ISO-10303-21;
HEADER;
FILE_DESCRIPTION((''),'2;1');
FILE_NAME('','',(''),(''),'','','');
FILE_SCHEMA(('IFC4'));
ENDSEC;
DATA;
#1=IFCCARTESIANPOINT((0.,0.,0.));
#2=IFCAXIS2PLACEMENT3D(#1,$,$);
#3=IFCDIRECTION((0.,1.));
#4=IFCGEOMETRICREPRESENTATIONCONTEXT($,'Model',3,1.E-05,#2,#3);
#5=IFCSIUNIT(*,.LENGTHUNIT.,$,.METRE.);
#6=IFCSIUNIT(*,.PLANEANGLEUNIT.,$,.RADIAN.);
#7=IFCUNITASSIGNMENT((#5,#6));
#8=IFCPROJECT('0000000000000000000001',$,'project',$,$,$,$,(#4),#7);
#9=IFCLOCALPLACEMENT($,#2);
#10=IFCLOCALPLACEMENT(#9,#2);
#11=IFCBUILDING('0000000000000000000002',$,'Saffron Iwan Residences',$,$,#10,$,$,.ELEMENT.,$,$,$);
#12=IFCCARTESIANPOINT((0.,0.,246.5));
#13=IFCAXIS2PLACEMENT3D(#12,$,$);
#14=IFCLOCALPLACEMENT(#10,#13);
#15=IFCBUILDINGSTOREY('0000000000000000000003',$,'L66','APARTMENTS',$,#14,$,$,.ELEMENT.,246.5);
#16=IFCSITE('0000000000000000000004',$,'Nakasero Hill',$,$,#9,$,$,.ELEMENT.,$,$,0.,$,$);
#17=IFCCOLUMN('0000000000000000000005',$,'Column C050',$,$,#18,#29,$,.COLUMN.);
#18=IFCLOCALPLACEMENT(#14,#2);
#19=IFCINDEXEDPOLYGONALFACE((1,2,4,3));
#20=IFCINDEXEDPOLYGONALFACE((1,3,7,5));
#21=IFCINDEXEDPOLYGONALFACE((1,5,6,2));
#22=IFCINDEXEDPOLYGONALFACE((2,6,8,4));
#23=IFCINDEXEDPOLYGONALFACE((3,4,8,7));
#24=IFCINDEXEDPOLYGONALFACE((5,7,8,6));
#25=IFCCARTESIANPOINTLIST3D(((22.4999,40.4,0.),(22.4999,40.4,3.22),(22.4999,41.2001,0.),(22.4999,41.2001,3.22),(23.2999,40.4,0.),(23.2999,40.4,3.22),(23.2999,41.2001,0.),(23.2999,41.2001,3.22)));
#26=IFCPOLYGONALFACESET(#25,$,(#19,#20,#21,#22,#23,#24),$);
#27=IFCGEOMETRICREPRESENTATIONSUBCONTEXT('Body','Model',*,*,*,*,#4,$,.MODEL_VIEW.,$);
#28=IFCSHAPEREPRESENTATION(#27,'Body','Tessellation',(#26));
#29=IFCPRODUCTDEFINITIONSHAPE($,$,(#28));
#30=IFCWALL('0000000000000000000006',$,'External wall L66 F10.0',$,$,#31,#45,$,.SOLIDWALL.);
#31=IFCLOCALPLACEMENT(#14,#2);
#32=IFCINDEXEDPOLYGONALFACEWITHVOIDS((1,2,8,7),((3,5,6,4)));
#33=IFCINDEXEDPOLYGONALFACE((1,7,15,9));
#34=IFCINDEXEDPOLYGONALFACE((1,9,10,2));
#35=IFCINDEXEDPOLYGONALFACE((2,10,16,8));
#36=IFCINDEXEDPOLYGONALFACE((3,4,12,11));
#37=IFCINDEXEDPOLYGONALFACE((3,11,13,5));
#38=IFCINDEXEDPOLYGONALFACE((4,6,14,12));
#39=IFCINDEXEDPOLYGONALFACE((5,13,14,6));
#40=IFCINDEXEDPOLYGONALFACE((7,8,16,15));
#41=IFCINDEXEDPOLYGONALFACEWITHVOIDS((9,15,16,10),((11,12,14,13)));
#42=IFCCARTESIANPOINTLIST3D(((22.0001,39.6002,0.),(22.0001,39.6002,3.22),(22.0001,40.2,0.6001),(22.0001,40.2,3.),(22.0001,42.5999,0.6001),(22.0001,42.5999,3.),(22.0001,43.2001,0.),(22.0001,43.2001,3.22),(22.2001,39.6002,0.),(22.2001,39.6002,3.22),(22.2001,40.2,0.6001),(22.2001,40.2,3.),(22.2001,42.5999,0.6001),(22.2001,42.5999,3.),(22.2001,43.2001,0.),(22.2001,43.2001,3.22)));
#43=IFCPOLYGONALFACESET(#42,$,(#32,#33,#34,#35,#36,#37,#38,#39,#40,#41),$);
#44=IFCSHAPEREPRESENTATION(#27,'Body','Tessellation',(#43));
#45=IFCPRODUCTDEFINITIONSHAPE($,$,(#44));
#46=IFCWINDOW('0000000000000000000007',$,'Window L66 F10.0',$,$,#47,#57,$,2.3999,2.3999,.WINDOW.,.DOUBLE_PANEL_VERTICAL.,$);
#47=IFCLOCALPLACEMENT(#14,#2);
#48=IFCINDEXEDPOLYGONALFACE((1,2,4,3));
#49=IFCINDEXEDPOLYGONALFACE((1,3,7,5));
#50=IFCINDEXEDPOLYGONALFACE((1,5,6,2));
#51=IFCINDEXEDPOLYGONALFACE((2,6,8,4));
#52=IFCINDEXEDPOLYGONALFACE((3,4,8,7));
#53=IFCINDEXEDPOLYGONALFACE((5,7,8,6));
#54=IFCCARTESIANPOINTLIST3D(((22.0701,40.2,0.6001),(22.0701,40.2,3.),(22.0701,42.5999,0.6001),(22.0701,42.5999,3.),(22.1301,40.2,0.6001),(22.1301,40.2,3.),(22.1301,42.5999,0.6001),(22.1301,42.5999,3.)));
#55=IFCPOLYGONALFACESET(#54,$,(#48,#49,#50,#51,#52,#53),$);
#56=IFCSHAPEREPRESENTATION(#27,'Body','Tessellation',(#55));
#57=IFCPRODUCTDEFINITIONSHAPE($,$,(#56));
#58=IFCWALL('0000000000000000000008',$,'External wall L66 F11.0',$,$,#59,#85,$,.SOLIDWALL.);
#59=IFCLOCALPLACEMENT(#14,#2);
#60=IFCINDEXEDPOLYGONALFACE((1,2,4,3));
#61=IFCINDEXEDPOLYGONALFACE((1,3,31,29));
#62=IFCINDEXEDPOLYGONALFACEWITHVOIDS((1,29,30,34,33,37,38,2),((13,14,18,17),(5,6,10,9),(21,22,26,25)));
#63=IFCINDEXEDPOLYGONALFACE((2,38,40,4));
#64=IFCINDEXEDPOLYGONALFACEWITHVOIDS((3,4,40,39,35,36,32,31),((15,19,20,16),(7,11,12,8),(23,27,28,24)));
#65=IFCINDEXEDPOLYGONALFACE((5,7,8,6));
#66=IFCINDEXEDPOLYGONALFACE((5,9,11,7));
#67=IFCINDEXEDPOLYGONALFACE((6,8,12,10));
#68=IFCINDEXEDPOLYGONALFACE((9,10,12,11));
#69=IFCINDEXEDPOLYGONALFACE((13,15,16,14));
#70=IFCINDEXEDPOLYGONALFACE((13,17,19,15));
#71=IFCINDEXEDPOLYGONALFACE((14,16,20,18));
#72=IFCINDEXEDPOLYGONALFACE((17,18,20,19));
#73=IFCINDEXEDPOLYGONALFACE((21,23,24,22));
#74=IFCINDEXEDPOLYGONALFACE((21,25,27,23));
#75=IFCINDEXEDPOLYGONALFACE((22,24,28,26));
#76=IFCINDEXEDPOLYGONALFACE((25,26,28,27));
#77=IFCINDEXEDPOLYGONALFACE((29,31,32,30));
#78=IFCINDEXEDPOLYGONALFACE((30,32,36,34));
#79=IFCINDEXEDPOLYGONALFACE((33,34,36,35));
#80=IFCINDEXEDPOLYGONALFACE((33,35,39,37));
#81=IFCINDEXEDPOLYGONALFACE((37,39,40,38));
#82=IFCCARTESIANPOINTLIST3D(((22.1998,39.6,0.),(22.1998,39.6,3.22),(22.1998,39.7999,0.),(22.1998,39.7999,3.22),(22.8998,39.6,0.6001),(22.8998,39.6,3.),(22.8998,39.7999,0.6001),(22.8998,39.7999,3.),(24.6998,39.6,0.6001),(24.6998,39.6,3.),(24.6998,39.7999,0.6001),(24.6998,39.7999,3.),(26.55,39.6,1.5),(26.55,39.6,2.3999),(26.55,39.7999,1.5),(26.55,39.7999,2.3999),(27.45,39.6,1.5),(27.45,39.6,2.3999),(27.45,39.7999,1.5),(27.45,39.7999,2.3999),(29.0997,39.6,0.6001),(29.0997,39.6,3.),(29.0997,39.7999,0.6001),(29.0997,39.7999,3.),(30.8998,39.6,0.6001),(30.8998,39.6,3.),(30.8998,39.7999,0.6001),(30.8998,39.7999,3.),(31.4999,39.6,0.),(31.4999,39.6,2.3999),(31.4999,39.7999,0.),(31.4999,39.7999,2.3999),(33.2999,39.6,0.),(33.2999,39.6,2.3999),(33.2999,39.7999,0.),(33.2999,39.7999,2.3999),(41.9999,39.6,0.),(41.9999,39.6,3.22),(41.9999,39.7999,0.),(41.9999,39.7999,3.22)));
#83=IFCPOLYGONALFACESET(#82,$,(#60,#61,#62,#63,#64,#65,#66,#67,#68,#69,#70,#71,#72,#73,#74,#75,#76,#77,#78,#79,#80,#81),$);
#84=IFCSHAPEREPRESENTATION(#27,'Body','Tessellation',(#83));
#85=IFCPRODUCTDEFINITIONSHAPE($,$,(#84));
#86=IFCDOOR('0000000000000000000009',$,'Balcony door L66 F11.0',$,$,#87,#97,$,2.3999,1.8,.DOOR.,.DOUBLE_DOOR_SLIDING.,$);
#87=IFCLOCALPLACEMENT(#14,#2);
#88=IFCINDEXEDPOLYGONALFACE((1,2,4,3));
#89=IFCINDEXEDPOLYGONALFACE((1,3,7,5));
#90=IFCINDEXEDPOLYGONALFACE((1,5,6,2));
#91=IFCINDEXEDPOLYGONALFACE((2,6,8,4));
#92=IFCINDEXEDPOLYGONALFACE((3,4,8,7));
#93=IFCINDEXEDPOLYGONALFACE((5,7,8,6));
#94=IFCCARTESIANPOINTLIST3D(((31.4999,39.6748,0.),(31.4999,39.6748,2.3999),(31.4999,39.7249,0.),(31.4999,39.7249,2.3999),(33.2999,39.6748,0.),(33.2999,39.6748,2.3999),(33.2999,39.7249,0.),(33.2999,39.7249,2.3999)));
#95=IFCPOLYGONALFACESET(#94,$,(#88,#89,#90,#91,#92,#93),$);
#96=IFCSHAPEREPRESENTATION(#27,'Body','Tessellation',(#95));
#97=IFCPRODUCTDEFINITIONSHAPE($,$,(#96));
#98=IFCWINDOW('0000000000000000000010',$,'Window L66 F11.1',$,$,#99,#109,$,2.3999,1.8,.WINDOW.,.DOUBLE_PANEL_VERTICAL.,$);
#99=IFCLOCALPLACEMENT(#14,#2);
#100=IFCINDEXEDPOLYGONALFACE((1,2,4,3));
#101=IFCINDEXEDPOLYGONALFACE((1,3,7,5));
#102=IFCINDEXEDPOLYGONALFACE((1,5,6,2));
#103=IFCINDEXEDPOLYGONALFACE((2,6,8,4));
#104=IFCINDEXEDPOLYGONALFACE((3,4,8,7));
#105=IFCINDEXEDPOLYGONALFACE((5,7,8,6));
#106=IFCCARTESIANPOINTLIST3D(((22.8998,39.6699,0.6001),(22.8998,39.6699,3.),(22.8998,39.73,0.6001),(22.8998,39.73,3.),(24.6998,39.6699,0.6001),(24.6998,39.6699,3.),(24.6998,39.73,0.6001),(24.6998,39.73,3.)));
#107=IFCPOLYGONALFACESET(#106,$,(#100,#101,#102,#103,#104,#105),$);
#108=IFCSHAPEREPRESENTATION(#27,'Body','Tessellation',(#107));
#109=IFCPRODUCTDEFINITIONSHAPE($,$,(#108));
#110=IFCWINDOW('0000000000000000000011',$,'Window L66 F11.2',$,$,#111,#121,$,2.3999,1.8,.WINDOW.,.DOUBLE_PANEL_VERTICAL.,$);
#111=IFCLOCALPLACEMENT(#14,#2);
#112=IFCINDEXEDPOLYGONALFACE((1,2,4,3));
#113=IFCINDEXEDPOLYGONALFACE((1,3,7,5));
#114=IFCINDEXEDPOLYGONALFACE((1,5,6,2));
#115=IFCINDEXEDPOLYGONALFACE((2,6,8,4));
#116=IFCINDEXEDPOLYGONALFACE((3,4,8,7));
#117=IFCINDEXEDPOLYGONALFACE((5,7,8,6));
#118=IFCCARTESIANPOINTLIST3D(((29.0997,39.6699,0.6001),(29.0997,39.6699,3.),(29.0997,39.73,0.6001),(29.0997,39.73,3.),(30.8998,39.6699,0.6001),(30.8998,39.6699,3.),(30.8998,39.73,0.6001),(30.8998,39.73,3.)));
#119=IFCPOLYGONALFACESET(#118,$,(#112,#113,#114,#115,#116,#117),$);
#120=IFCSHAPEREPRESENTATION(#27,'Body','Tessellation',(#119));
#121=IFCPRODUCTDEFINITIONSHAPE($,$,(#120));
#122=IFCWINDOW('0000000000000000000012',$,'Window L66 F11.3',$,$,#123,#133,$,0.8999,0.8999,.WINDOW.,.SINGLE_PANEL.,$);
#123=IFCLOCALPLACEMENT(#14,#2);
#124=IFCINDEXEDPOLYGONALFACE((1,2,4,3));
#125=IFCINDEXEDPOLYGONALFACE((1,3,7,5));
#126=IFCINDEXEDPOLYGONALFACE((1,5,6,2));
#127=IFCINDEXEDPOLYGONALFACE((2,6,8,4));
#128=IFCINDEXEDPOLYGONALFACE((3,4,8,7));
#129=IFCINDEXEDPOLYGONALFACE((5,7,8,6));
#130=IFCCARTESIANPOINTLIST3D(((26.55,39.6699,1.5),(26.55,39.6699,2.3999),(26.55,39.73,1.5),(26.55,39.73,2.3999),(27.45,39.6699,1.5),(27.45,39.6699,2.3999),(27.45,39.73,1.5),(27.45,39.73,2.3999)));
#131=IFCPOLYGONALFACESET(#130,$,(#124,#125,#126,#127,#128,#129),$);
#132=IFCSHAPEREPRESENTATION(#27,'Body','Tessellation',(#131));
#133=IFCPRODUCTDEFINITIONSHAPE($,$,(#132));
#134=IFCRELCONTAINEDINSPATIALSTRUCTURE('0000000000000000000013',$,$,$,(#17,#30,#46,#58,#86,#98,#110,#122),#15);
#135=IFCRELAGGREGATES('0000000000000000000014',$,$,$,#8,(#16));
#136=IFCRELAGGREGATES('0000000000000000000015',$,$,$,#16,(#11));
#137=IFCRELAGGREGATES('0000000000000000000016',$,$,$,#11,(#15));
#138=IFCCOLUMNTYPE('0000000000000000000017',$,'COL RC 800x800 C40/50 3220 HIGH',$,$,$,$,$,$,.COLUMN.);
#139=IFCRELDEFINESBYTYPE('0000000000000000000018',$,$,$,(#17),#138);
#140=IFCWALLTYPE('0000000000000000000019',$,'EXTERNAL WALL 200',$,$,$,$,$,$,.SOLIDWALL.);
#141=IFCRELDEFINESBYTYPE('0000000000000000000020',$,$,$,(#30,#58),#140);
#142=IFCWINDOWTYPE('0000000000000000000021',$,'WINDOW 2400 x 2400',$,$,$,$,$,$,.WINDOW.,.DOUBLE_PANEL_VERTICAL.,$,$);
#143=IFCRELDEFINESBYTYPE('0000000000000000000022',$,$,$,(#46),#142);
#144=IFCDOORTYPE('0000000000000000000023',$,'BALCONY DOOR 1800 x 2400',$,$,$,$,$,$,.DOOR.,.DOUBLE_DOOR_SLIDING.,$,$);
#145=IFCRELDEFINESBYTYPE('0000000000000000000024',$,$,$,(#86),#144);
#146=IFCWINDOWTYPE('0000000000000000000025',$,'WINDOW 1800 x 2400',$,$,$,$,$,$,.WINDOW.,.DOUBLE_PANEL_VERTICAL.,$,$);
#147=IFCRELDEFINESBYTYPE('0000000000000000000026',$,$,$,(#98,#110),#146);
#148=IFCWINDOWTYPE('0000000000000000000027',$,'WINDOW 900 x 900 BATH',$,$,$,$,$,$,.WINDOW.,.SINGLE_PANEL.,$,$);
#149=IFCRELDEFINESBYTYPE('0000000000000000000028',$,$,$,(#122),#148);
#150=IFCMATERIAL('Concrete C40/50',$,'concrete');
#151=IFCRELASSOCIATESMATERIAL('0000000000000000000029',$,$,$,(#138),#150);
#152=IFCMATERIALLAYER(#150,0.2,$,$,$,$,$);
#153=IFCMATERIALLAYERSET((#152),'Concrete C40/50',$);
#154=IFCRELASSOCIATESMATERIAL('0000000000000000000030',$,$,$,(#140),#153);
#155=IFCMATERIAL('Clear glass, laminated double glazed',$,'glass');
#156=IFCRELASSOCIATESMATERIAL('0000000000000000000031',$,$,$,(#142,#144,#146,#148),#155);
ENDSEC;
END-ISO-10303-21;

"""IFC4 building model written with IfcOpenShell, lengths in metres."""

from ifc_helpers import new_model, si_unit, direction, frame, frame_2d, origin, origin_2d, place, context, subcontext, project, spatial, rectangle, extrude, source, transform, mapped, material, layer, layer_set, material_profile, profile_set, type_object, element, fill, save


model = new_model("IFC4")

# Units and contexts
model_context = context("Model", 3, precision=1e-05, world=origin(), true_north=direction((0.0, 1.0)))
body_context = subcontext(model_context, "Body", "Model", "MODEL_VIEW")
ifc_project = project(units=[si_unit("LENGTHUNIT", "METRE"), si_unit("PLANEANGLEUNIT", "RADIAN")], contexts=[model_context])

# Site, building, storey
site_placement = place(None, origin())
site = spatial("IfcSite", under=ifc_project, at=site_placement, Name="Nakasero Hill", CompositionType="ELEMENT", RefElevation=0.0)
building_placement = place(site_placement, origin())
building = spatial("IfcBuilding", under=site, at=building_placement, Name="Saffron Iwan Residences", CompositionType="ELEMENT")
storey_placement = place(building_placement, frame((0.0, 0.0, 246.5)))
storey = spatial("IfcBuildingStorey", under=building, at=storey_placement, Name="L66", Description="APARTMENTS", CompositionType="ELEMENT", Elevation=246.5)

# Column
ifc_material_1 = material(Name="Concrete C40/50", Category="concrete")
ifc_material_profile = material_profile(ifc_material_1, rectangle(XDim=0.8, YDim=0.8, at=origin_2d()), Name="RC 800x800")
ifc_profile_set = profile_set([ifc_material_profile], Name="Concrete C40/50")
column_type = type_object("IfcColumnType", Name="COL RC 800x800 C40/50 3220 HIGH", PredefinedType="COLUMN", material=ifc_profile_set)
shared_shape = source(origin(), body_context, "Body", "SweptSolid", [
    extrude(rectangle(XDim=0.8, YDim=0.8, at=origin_2d()), origin(), (0.0, 0.0, 1.0), 3.22),
])
column_placement = place(storey_placement, frame((22.8999, 40.8, 0.0), z_axis=(0.0, 0.0, 1.0), x_axis=(1.0, 0.0, 0.0)))
element("IfcColumn", 1, at=column_placement, inside=storey, type_object=column_type, Name="Column C050", PredefinedType="COLUMN", context=body_context, shape_type="MappedRepresentation", body=[
    mapped(shared_shape, transform((0.0, 0.0, 0.0))),
])

# Wall, opening, window
ifc_layer_1 = layer(ifc_material_1, 0.2)
ifc_layer_set_1 = layer_set([ifc_layer_1], Name="Concrete C40/50")
wall_type_1 = type_object("IfcWallType", Name="EXTERNAL WALL 200", PredefinedType="SOLIDWALL", material=ifc_layer_set_1)
wall_1_placement = place(storey_placement, frame((22.1001, 43.2, 0.0), z_axis=(0.0, 0.0, 1.0), x_axis=(0.0, -1.0, 0.0)))
wall_1 = element("IfcWall", 2, at=wall_1_placement, inside=storey, type_object=wall_type_1, Name="External wall L66 F10.0", PredefinedType="SOLIDWALL", context=body_context, shape_type="SweptSolid", body=[
    extrude(rectangle(XDim=3.5999, YDim=0.2, at=frame_2d((1.7998, 0.0))), origin(), (0.0, 0.0, 1.0), 3.22),
])
opening_1_placement = place(wall_1_placement, frame((0.6001, 0.0, 0.6001)))
opening_1 = element("IfcOpeningElement", 3, at=opening_1_placement, cuts=wall_1, PredefinedType="OPENING", context=body_context, shape_type="SweptSolid", body=[
    extrude(rectangle(XDim=2.3999, YDim=2.3999, at=frame_2d((1.2, 1.2))), frame((0.0, 0.1099, 0.0), z_axis=(0.0, -1.0, 0.0), x_axis=(1.0, 0.0, 0.0)), (0.0, 0.0, 1.0), 0.22),
])
ifc_material_2 = material(Name="Clear glass, laminated double glazed", Category="glass")
window_type_1 = type_object("IfcWindowType", Name="WINDOW 2400 x 2400", PartitioningType="DOUBLE_PANEL_VERTICAL", PredefinedType="WINDOW", material=ifc_material_2)
window_1_placement = place(opening_1_placement, origin())
window_1 = element("IfcWindow", 4, at=window_1_placement, inside=storey, type_object=window_type_1, Name="Window L66 F10.0", OverallHeight=2.3999, OverallWidth=2.3999, PartitioningType="DOUBLE_PANEL_VERTICAL", PredefinedType="WINDOW", context=body_context, shape_type="SweptSolid", body=[
    extrude(rectangle(XDim=2.3999, YDim=2.3999, at=frame_2d((1.2, 1.2))), frame((0.0, 0.03, 0.0), z_axis=(0.0, -1.0, 0.0), x_axis=(1.0, 0.0, 0.0)), (0.0, 0.0, 1.0), 0.0601),
])
fill(opening_1, window_1)

# Wall, openings, door, windows
wall_2_placement = place(storey_placement, frame((22.2, 39.7, 0.0), z_axis=(0.0, 0.0, 1.0), x_axis=(1.0, 0.0, 0.0)))
wall_2 = element("IfcWall", 5, at=wall_2_placement, inside=storey, type_object=wall_type_1, Name="External wall L66 F11.0", PredefinedType="SOLIDWALL", context=body_context, shape_type="SweptSolid", body=[
    extrude(rectangle(XDim=19.8, YDim=0.2, at=frame_2d((9.8999, 0.0))), origin(), (0.0, 0.0, 1.0), 3.22),
])
opening_2_placement = place(wall_2_placement, frame((9.3, 0.0, 0.0)))
opening_2 = element("IfcOpeningElement", 6, at=opening_2_placement, cuts=wall_2, PredefinedType="OPENING", context=body_context, shape_type="SweptSolid", body=[
    extrude(rectangle(XDim=1.8, YDim=2.3999, at=frame_2d((0.8999, 1.2))), frame((0.0, 0.1099, 0.0), z_axis=(0.0, -1.0, 0.0), x_axis=(1.0, 0.0, 0.0)), (0.0, 0.0, 1.0), 0.22),
])
opening_3_placement = place(wall_2_placement, frame((0.7, 0.0, 0.6001)))
opening_3 = element("IfcOpeningElement", 7, at=opening_3_placement, cuts=wall_2, PredefinedType="OPENING", context=body_context, shape_type="SweptSolid", body=[
    extrude(rectangle(XDim=1.8, YDim=2.3999, at=frame_2d((0.8999, 1.2))), frame((0.0, 0.1099, 0.0), z_axis=(0.0, -1.0, 0.0), x_axis=(1.0, 0.0, 0.0)), (0.0, 0.0, 1.0), 0.22),
])
opening_4_placement = place(wall_2_placement, frame((6.8999, 0.0, 0.6001)))
opening_4 = element("IfcOpeningElement", 8, at=opening_4_placement, cuts=wall_2, PredefinedType="OPENING", context=body_context, shape_type="SweptSolid", body=[
    extrude(rectangle(XDim=1.8, YDim=2.3999, at=frame_2d((0.8999, 1.2))), frame((0.0, 0.1099, 0.0), z_axis=(0.0, -1.0, 0.0), x_axis=(1.0, 0.0, 0.0)), (0.0, 0.0, 1.0), 0.22),
])
opening_5_placement = place(wall_2_placement, frame((4.3501, 0.0, 1.5)))
opening_5 = element("IfcOpeningElement", 9, at=opening_5_placement, cuts=wall_2, PredefinedType="OPENING", context=body_context, shape_type="SweptSolid", body=[
    extrude(rectangle(XDim=0.8999, YDim=0.8999, at=frame_2d((0.45, 0.45))), frame((0.0, 0.1099, 0.0), z_axis=(0.0, -1.0, 0.0), x_axis=(1.0, 0.0, 0.0)), (0.0, 0.0, 1.0), 0.22),
])
door_type_1 = type_object("IfcDoorType", Name="BALCONY DOOR 1800 x 2400", OperationType="DOUBLE_DOOR_SLIDING", PredefinedType="DOOR", material=ifc_material_2)
door_1_placement = place(opening_2_placement, origin())
door_1 = element("IfcDoor", 10, at=door_1_placement, inside=storey, type_object=door_type_1, Name="Balcony door L66 F11.0", OperationType="DOUBLE_DOOR_SLIDING", OverallHeight=2.3999, OverallWidth=1.8, PredefinedType="DOOR", context=body_context, shape_type="SweptSolid", body=[
    extrude(rectangle(XDim=1.8, YDim=2.3999, at=frame_2d((0.8999, 1.2))), frame((0.0, 0.0249, 0.0), z_axis=(0.0, -1.0, 0.0), x_axis=(1.0, 0.0, 0.0)), (0.0, 0.0, 1.0), 0.05),
])
fill(opening_2, door_1)
window_type_2 = type_object("IfcWindowType", Name="WINDOW 1800 x 2400", PartitioningType="DOUBLE_PANEL_VERTICAL", PredefinedType="WINDOW", material=ifc_material_2)
window_2_placement = place(opening_3_placement, origin())
window_2 = element("IfcWindow", 11, at=window_2_placement, inside=storey, type_object=window_type_2, Name="Window L66 F11.1", OverallHeight=2.3999, OverallWidth=1.8, PartitioningType="DOUBLE_PANEL_VERTICAL", PredefinedType="WINDOW", context=body_context, shape_type="SweptSolid", body=[
    extrude(rectangle(XDim=1.8, YDim=2.3999, at=frame_2d((0.8999, 1.2))), frame((0.0, 0.03, 0.0), z_axis=(0.0, -1.0, 0.0), x_axis=(1.0, 0.0, 0.0)), (0.0, 0.0, 1.0), 0.0601),
])
fill(opening_3, window_2)
window_3_placement = place(opening_4_placement, origin())
window_3 = element("IfcWindow", 12, at=window_3_placement, inside=storey, type_object=window_type_2, Name="Window L66 F11.2", OverallHeight=2.3999, OverallWidth=1.8, PartitioningType="DOUBLE_PANEL_VERTICAL", PredefinedType="WINDOW", context=body_context, shape_type="SweptSolid", body=[
    extrude(rectangle(XDim=1.8, YDim=2.3999, at=frame_2d((0.8999, 1.2))), frame((0.0, 0.03, 0.0), z_axis=(0.0, -1.0, 0.0), x_axis=(1.0, 0.0, 0.0)), (0.0, 0.0, 1.0), 0.0601),
])
fill(opening_4, window_3)
window_type_3 = type_object("IfcWindowType", Name="WINDOW 900 x 900 BATH", PartitioningType="SINGLE_PANEL", PredefinedType="WINDOW", material=ifc_material_2)
window_4_placement = place(opening_5_placement, origin())
window_4 = element("IfcWindow", 13, at=window_4_placement, inside=storey, type_object=window_type_3, Name="Window L66 F11.3", OverallHeight=0.8999, OverallWidth=0.8999, PartitioningType="SINGLE_PANEL", PredefinedType="WINDOW", context=body_context, shape_type="SweptSolid", body=[
    extrude(rectangle(XDim=0.8999, YDim=0.8999, at=frame_2d((0.45, 0.45))), frame((0.0, 0.03, 0.0), z_axis=(0.0, -1.0, 0.0), x_axis=(1.0, 0.0, 0.0)), (0.0, 0.0, 1.0), 0.0601),
])
fill(opening_5, window_4)

save(model, "model.ifc")
